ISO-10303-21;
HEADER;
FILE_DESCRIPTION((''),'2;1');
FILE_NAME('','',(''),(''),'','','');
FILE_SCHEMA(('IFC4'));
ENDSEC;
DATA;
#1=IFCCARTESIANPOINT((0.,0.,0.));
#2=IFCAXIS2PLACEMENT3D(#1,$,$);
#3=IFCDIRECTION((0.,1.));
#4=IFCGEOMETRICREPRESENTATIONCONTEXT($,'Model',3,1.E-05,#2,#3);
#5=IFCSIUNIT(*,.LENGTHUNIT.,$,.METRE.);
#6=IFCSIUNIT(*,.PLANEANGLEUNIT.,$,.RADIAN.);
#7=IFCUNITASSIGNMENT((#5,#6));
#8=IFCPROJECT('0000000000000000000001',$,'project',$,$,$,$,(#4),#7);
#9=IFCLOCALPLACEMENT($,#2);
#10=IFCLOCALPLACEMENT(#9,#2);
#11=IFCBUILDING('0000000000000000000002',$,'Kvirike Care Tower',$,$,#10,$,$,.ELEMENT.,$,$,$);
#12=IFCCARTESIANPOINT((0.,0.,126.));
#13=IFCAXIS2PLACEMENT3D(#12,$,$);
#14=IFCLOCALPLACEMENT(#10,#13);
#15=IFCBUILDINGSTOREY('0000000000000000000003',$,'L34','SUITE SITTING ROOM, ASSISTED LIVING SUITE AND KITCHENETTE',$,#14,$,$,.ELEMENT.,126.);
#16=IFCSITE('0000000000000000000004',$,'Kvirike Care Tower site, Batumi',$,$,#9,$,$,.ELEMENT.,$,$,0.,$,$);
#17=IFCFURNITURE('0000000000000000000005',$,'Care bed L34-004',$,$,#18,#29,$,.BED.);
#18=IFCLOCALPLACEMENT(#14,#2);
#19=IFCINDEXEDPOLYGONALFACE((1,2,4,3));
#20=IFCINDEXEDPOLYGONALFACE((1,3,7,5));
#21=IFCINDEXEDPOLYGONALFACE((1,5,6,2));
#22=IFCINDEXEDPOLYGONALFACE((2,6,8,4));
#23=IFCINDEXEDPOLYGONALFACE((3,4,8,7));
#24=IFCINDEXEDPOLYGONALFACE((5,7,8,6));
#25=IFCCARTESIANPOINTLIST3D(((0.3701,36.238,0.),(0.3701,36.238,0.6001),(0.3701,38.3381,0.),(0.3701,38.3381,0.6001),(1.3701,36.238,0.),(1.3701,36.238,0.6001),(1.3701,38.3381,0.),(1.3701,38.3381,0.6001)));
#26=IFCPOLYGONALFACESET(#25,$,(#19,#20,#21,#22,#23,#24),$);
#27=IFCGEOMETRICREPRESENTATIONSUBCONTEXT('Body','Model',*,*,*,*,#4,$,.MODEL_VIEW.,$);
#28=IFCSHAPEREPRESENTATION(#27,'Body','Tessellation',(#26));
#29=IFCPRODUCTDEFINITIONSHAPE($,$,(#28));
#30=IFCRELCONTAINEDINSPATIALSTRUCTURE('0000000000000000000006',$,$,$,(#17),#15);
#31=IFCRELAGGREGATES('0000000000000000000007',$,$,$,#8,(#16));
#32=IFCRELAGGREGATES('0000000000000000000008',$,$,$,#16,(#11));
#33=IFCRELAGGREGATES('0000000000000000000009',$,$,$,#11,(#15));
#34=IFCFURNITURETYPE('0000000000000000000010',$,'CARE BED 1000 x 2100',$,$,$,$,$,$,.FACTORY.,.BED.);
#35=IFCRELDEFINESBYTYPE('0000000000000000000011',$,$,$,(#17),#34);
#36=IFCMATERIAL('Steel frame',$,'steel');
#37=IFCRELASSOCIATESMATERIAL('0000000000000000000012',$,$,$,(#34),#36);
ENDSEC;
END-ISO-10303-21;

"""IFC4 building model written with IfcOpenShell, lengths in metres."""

from ifc_helpers import new_model, si_unit, direction, frame, origin, origin_2d, place, context, subcontext, project, spatial, rectangle, extrude, material, type_object, element, save


model = new_model("IFC4")

# Units and contexts
model_context = context("Model", 3, precision=1e-05, world=origin(), true_north=direction((0.0, 1.0)))
body_context = subcontext(model_context, "Body", "Model", "MODEL_VIEW")
ifc_project = project(units=[si_unit("LENGTHUNIT", "METRE"), si_unit("PLANEANGLEUNIT", "RADIAN")], contexts=[model_context])

# Site, building, storey
site_placement = place(None, origin())
site = spatial("IfcSite", under=ifc_project, at=site_placement, Name="Kvirike Care Tower site, Batumi", CompositionType="ELEMENT", RefElevation=0.0)
building_placement = place(site_placement, origin())
building = spatial("IfcBuilding", under=site, at=building_placement, Name="Kvirike Care Tower", CompositionType="ELEMENT")
storey_placement = place(building_placement, frame((0.0, 0.0, 126.0)))
storey = spatial("IfcBuildingStorey", under=building, at=storey_placement, Name="L34", Description="SUITE SITTING ROOM, ASSISTED LIVING SUITE AND KITCHENETTE", CompositionType="ELEMENT", Elevation=126.0)

# Furniture
ifc_material_1 = material(Name="Steel frame", Category="steel")
furniture_type = type_object("IfcFurnitureType", Name="CARE BED 1000 x 2100", AssemblyPlace="FACTORY", PredefinedType="BED", material=ifc_material_1)
furniture_placement = place(storey_placement, frame((0.8701, 37.2881, 0.0), z_axis=(0.0, 0.0, 1.0), x_axis=(1.0, 0.0, 0.0)))
element("IfcFurniture", 1, at=furniture_placement, inside=storey, type_object=furniture_type, Name="Care bed L34-004", PredefinedType="BED", context=body_context, shape_type="SweptSolid", body=[
    extrude(rectangle(XDim=1.0, YDim=2.1001, at=origin_2d()), origin(), (0.0, 0.0, 1.0), 0.6001),
])

save(model, "model.ifc")
